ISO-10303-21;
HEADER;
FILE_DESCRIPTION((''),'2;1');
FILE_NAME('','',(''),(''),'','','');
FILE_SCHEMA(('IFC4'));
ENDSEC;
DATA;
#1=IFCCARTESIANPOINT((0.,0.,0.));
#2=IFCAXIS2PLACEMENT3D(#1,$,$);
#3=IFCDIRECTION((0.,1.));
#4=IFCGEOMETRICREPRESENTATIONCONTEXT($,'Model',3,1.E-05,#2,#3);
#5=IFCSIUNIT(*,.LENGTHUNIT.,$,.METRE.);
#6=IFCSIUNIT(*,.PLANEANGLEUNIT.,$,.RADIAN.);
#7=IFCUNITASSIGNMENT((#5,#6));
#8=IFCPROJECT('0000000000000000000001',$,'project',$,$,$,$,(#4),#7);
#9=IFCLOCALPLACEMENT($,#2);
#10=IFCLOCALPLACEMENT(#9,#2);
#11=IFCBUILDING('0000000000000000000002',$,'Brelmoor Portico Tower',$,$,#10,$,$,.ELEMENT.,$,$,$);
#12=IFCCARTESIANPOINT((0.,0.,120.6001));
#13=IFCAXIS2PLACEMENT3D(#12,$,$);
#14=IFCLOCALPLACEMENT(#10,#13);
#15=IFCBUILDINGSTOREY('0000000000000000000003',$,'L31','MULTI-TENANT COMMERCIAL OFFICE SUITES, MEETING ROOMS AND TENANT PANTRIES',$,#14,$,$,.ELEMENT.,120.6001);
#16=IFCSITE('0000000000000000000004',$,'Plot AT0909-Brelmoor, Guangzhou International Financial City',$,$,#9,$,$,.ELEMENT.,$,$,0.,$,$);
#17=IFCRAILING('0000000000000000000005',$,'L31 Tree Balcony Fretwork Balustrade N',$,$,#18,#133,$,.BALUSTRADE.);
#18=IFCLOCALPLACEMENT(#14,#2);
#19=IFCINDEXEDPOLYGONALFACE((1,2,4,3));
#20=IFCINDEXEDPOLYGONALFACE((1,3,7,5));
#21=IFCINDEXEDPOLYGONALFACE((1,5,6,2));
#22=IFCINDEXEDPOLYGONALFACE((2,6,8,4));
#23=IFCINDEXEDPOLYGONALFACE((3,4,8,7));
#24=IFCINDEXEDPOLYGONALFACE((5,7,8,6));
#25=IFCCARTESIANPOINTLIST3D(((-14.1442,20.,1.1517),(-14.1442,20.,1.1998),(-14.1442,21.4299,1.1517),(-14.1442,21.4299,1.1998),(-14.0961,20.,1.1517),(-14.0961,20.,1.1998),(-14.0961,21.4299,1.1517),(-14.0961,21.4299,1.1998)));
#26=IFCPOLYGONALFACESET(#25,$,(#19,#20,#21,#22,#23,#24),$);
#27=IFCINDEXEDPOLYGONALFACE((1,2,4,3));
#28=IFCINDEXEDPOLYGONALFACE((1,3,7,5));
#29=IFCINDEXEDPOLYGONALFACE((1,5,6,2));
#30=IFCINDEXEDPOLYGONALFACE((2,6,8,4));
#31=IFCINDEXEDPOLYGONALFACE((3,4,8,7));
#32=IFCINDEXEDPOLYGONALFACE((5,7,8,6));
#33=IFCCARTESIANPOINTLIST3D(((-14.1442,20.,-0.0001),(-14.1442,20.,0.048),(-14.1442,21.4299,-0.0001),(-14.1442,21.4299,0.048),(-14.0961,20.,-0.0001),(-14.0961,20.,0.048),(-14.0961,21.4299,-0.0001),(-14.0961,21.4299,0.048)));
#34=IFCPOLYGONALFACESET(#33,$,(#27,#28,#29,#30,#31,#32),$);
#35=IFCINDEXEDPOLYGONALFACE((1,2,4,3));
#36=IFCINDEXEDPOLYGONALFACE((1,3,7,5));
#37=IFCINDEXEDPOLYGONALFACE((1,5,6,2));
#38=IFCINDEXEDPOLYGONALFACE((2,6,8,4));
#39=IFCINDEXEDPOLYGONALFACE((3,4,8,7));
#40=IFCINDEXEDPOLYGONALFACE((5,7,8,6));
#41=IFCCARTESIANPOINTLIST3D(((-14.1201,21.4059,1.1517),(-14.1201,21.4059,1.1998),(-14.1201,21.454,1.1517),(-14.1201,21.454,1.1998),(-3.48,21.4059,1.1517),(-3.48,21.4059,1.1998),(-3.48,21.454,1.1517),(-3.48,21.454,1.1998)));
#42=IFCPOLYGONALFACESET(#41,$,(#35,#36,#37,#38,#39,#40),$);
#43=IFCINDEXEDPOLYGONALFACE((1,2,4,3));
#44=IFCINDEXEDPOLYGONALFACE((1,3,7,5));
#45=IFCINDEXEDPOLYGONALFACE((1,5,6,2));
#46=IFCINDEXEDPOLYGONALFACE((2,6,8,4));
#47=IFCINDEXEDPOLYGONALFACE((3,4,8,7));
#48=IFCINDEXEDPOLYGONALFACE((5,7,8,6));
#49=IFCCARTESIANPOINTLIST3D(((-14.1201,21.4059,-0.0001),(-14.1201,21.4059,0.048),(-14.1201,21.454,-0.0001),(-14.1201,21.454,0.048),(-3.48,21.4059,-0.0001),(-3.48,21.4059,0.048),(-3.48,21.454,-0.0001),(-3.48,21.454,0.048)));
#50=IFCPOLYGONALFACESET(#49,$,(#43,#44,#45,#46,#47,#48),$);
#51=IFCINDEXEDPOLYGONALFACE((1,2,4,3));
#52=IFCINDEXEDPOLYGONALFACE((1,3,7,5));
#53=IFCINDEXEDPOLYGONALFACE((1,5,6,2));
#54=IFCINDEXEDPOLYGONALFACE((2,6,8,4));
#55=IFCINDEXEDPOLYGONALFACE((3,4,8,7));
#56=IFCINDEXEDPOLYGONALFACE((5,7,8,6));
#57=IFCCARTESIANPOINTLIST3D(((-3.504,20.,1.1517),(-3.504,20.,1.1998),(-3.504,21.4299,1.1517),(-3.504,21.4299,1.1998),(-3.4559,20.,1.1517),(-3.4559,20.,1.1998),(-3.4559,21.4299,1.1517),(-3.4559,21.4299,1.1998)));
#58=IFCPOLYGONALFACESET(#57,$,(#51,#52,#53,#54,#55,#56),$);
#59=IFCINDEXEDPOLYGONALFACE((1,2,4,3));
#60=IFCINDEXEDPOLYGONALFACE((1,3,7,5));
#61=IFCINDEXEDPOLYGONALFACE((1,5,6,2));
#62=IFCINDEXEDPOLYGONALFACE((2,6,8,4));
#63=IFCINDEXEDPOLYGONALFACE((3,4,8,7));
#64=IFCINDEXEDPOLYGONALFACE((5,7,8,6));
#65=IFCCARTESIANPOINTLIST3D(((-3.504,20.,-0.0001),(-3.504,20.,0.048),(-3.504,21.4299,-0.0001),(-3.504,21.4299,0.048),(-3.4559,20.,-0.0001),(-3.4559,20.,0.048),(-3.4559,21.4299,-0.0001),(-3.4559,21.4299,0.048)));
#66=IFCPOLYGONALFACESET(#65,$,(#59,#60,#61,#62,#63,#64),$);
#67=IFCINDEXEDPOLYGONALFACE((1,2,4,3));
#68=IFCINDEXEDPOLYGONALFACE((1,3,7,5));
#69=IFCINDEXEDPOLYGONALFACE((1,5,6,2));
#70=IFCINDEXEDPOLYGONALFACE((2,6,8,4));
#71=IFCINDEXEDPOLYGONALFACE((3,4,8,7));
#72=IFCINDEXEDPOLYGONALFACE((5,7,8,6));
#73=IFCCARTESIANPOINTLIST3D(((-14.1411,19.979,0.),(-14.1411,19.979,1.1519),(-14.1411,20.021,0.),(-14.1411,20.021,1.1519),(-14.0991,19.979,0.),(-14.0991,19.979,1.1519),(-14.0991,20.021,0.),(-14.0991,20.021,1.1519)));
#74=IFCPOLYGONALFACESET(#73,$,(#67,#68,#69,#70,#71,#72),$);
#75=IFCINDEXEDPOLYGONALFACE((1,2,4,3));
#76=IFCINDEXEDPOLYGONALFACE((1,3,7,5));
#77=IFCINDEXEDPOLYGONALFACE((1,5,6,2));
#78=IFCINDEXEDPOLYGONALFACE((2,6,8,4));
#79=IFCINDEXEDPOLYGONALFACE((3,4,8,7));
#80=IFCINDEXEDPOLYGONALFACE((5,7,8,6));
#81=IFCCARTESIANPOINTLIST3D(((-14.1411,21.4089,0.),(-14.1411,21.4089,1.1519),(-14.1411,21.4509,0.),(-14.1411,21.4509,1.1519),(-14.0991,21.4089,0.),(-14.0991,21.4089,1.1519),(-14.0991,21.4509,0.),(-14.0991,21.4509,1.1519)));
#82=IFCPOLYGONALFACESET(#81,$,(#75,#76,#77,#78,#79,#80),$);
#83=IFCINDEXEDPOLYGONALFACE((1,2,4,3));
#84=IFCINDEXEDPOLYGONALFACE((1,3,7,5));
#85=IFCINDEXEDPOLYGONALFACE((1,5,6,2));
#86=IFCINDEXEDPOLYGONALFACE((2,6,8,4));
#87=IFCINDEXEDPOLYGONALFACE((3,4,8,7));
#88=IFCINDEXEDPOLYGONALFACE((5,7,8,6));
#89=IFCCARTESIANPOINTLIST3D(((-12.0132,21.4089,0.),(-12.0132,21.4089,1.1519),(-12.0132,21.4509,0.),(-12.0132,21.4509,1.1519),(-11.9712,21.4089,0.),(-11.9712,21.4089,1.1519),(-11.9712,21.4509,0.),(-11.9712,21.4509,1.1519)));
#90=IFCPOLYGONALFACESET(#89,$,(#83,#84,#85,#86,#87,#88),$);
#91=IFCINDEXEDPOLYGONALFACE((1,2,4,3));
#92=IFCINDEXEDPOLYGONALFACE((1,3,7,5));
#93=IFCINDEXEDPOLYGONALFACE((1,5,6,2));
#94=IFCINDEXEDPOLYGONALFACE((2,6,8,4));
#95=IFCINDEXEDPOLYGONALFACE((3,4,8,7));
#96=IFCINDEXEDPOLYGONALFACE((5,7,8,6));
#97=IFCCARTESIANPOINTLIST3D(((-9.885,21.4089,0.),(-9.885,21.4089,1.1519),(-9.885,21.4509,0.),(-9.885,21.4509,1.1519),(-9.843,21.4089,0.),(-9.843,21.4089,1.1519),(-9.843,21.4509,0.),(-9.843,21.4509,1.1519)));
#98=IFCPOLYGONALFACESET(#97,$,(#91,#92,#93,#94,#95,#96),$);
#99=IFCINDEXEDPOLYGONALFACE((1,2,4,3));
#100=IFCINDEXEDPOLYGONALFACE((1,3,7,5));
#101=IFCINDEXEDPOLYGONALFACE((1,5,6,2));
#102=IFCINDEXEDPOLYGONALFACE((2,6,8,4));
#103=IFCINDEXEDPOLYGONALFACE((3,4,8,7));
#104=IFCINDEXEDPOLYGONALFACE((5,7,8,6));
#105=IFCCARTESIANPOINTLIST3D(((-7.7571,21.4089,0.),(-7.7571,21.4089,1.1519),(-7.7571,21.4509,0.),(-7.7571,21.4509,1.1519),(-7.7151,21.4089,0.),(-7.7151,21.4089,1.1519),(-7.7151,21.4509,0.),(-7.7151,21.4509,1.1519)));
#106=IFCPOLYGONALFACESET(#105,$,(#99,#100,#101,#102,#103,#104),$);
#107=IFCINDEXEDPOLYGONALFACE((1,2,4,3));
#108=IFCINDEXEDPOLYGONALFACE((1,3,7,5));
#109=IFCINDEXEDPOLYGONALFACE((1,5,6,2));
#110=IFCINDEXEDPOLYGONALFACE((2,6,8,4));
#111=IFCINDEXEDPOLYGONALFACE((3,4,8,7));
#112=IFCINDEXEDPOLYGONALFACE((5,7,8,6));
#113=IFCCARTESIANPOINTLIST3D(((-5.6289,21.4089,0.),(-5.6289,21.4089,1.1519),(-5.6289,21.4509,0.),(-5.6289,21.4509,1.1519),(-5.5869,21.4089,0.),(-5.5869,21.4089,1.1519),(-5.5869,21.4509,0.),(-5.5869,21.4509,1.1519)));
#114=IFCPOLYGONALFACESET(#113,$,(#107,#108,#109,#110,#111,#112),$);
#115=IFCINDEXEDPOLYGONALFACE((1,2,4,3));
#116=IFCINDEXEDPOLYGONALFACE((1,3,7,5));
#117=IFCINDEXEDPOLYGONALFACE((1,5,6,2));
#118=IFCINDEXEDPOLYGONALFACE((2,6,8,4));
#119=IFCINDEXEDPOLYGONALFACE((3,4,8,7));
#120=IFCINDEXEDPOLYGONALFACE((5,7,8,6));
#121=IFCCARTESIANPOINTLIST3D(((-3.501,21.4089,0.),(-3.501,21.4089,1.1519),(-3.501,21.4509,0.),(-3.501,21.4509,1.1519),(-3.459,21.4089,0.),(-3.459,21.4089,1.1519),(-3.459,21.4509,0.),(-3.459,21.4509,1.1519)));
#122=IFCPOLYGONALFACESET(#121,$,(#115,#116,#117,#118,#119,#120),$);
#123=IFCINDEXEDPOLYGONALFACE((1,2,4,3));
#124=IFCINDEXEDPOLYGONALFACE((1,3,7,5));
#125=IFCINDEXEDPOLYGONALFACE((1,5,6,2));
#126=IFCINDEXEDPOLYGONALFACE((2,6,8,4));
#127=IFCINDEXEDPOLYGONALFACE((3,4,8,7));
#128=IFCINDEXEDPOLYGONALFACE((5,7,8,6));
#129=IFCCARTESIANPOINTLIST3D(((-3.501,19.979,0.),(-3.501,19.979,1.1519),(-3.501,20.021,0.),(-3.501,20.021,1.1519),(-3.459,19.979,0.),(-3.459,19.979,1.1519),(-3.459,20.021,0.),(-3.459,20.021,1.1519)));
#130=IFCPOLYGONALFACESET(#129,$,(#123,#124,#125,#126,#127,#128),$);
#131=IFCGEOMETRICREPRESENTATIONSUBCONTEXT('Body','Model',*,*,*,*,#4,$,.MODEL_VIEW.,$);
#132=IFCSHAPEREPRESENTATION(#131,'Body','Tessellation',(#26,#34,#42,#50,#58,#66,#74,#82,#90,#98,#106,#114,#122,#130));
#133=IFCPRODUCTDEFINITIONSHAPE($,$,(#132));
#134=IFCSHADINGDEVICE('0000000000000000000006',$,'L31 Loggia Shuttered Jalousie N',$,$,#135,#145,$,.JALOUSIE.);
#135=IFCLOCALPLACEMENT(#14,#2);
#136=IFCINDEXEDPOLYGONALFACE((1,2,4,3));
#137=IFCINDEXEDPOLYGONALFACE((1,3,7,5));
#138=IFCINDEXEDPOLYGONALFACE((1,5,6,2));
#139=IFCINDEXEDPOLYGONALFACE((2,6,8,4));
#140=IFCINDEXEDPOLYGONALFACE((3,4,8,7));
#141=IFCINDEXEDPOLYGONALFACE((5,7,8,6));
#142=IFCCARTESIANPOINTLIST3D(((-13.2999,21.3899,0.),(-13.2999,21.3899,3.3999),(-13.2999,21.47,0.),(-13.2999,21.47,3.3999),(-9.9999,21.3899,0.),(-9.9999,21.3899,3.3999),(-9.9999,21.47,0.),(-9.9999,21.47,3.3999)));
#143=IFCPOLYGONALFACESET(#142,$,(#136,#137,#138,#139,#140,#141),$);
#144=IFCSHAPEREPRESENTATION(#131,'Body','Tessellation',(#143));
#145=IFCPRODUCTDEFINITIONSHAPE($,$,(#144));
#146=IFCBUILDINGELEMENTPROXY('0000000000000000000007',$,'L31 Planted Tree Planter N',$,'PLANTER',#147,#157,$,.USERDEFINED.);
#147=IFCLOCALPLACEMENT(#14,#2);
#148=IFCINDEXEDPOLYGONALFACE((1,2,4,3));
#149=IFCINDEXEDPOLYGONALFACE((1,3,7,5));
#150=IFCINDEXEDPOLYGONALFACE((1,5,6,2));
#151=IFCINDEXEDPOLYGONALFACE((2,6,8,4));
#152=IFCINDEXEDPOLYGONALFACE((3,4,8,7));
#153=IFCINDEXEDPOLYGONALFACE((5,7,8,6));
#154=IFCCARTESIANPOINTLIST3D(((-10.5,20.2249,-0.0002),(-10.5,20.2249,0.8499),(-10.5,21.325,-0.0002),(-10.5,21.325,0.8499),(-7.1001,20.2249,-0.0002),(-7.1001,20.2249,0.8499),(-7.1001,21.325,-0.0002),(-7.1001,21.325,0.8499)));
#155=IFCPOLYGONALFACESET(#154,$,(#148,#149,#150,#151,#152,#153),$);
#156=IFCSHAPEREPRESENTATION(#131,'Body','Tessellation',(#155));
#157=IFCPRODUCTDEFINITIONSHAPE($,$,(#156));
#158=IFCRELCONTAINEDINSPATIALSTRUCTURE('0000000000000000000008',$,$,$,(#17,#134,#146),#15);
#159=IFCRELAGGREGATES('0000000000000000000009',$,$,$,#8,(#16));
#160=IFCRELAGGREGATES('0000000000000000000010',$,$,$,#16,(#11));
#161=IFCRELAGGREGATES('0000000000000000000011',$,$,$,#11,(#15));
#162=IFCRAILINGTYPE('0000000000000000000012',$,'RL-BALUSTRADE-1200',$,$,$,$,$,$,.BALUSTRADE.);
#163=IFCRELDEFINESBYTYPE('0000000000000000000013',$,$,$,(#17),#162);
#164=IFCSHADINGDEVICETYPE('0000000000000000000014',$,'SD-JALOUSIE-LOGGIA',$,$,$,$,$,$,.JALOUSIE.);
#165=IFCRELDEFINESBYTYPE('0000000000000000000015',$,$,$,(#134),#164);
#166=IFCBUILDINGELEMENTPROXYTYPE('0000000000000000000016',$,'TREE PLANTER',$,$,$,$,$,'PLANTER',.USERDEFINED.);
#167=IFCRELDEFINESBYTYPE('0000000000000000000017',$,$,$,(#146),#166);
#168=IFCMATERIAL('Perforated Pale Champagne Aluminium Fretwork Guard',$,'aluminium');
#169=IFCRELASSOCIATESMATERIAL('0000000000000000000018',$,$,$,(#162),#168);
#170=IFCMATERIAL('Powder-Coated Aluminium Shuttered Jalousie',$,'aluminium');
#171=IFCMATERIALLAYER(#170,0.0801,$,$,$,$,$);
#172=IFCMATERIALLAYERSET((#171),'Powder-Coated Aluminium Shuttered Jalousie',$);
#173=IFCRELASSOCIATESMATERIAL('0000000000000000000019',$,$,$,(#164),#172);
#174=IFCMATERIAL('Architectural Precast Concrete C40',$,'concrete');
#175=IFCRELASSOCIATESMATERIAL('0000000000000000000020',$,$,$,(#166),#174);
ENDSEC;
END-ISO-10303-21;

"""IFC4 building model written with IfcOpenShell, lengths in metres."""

from ifc_helpers import new_model, si_unit, direction, frame, origin, origin_2d, place, context, subcontext, project, spatial, rectangle, extrude, material, layer, layer_set, type_object, element, save


model = new_model("IFC4")

# Units and contexts
model_context = context("Model", 3, precision=1e-05, world=origin(), true_north=direction((0.0, 1.0)))
body_context = subcontext(model_context, "Body", "Model", "MODEL_VIEW")
ifc_project = project(units=[si_unit("LENGTHUNIT", "METRE"), si_unit("PLANEANGLEUNIT", "RADIAN")], contexts=[model_context])

# Site, building, storey
site_placement = place(None, origin())
site = spatial("IfcSite", under=ifc_project, at=site_placement, Name="Plot AT0909-Brelmoor, Guangzhou International Financial City", CompositionType="ELEMENT", RefElevation=0.0)
building_placement = place(site_placement, origin())
building = spatial("IfcBuilding", under=site, at=building_placement, Name="Brelmoor Portico Tower", CompositionType="ELEMENT")
storey_placement = place(building_placement, frame((0.0, 0.0, 120.6001)))
storey = spatial("IfcBuildingStorey", under=building, at=storey_placement, Name="L31", Description="MULTI-TENANT COMMERCIAL OFFICE SUITES, MEETING ROOMS AND TENANT PANTRIES", CompositionType="ELEMENT", Elevation=120.6001)

# Railing
ifc_material_1 = material(Name="Perforated Pale Champagne Aluminium Fretwork Guard", Category="aluminium")
railing_type = type_object("IfcRailingType", Name="RL-BALUSTRADE-1200", PredefinedType="BALUSTRADE", material=ifc_material_1)
railing_placement = place(storey_placement, frame((-14.1201, 20.0, 0.0)))
element("IfcRailing", 1, at=railing_placement, inside=storey, type_object=railing_type, Name="L31 Tree Balcony Fretwork Balustrade N", PredefinedType="BALUSTRADE", context=body_context, shape_type="SweptSolid", body=[
    extrude(rectangle(XDim=0.0481, YDim=0.0481, at=origin_2d()), frame((0.0, 0.0, 1.1758), z_axis=(0.0, 1.0, 0.0), x_axis=(-1.0, 0.0, 0.0)), (0.0, 0.0, 1.0), 1.4299),
    extrude(rectangle(XDim=0.0481, YDim=0.0481, at=origin_2d()), frame((0.0, 0.0, 0.0239), z_axis=(0.0, 1.0, 0.0), x_axis=(-1.0, 0.0, 0.0)), (0.0, 0.0, 1.0), 1.4299),
    extrude(rectangle(XDim=0.0481, YDim=0.0481, at=origin_2d()), frame((0.0, 1.4299, 1.1758), z_axis=(1.0, 0.0, 0.0), x_axis=(0.0, 1.0, 0.0)), (0.0, 0.0, 1.0), 10.6401),
    extrude(rectangle(XDim=0.0481, YDim=0.0481, at=origin_2d()), frame((0.0, 1.4299, 0.0239), z_axis=(1.0, 0.0, 0.0), x_axis=(0.0, 1.0, 0.0)), (0.0, 0.0, 1.0), 10.6401),
    extrude(rectangle(XDim=0.0481, YDim=0.0481, at=origin_2d()), frame((10.6401, 1.4299, 1.1758), z_axis=(0.0, -1.0, 0.0), x_axis=(1.0, 0.0, 0.0)), (0.0, 0.0, 1.0), 1.4299),
    extrude(rectangle(XDim=0.0481, YDim=0.0481, at=origin_2d()), frame((10.6401, 1.4299, 0.0239), z_axis=(0.0, -1.0, 0.0), x_axis=(1.0, 0.0, 0.0)), (0.0, 0.0, 1.0), 1.4299),
    extrude(rectangle(XDim=0.042, YDim=0.042, at=origin_2d()), origin(), (0.0, 0.0, 1.0), 1.1519),
    extrude(rectangle(XDim=0.042, YDim=0.042, at=origin_2d()), frame((0.0, 1.4299, 0.0)), (0.0, 0.0, 1.0), 1.1519),
    extrude(rectangle(XDim=0.042, YDim=0.042, at=origin_2d()), frame((2.1279, 1.4299, 0.0)), (0.0, 0.0, 1.0), 1.1519),
    extrude(rectangle(XDim=0.042, YDim=0.042, at=origin_2d()), frame((4.2561, 1.4299, 0.0)), (0.0, 0.0, 1.0), 1.1519),
    extrude(rectangle(XDim=0.042, YDim=0.042, at=origin_2d()), frame((6.384, 1.4299, 0.0)), (0.0, 0.0, 1.0), 1.1519),
    extrude(rectangle(XDim=0.042, YDim=0.042, at=origin_2d()), frame((8.5122, 1.4299, 0.0)), (0.0, 0.0, 1.0), 1.1519),
    extrude(rectangle(XDim=0.042, YDim=0.042, at=origin_2d()), frame((10.6401, 1.4299, 0.0)), (0.0, 0.0, 1.0), 1.1519),
    extrude(rectangle(XDim=0.042, YDim=0.042, at=origin_2d()), frame((10.6401, 0.0, 0.0)), (0.0, 0.0, 1.0), 1.1519),
])

# Shading device
ifc_material_2 = material(Name="Powder-Coated Aluminium Shuttered Jalousie", Category="aluminium")
ifc_layer_1 = layer(ifc_material_2, 0.0801)
ifc_layer_set_1 = layer_set([ifc_layer_1], Name="Powder-Coated Aluminium Shuttered Jalousie")
shading_device_type = type_object("IfcShadingDeviceType", Name="SD-JALOUSIE-LOGGIA", PredefinedType="JALOUSIE", material=ifc_layer_set_1)
shading_device_placement = place(storey_placement, frame((-11.6499, 21.4299, 0.0), z_axis=(0.0, 0.0, 1.0), x_axis=(1.0, 0.0, 0.0)))
element("IfcShadingDevice", 2, at=shading_device_placement, inside=storey, type_object=shading_device_type, Name="L31 Loggia Shuttered Jalousie N", PredefinedType="JALOUSIE", context=body_context, shape_type="SweptSolid", body=[
    extrude(rectangle(XDim=3.3, YDim=0.0801, at=origin_2d()), origin(), (0.0, 0.0, 1.0), 3.3999),
])

# Building element proxy
ifc_material_3 = material(Name="Architectural Precast Concrete C40", Category="concrete")
building_element_proxy_type = type_object("IfcBuildingElementProxyType", Name="TREE PLANTER", ElementType="PLANTER", PredefinedType="USERDEFINED", material=ifc_material_3)
proxy_placement = place(storey_placement, frame((-8.8, 20.7749, -0.0002), z_axis=(0.0, 0.0, 1.0), x_axis=(1.0, 0.0, 0.0)))
element("IfcBuildingElementProxy", 3, at=proxy_placement, inside=storey, type_object=building_element_proxy_type, Name="L31 Planted Tree Planter N", ObjectType="PLANTER", PredefinedType="USERDEFINED", context=body_context, shape_type="SweptSolid", body=[
    extrude(rectangle(XDim=3.3999, YDim=1.1001, at=origin_2d()), origin(), (0.0, 0.0, 1.0), 0.8501),
])

save(model, "model.ifc")
